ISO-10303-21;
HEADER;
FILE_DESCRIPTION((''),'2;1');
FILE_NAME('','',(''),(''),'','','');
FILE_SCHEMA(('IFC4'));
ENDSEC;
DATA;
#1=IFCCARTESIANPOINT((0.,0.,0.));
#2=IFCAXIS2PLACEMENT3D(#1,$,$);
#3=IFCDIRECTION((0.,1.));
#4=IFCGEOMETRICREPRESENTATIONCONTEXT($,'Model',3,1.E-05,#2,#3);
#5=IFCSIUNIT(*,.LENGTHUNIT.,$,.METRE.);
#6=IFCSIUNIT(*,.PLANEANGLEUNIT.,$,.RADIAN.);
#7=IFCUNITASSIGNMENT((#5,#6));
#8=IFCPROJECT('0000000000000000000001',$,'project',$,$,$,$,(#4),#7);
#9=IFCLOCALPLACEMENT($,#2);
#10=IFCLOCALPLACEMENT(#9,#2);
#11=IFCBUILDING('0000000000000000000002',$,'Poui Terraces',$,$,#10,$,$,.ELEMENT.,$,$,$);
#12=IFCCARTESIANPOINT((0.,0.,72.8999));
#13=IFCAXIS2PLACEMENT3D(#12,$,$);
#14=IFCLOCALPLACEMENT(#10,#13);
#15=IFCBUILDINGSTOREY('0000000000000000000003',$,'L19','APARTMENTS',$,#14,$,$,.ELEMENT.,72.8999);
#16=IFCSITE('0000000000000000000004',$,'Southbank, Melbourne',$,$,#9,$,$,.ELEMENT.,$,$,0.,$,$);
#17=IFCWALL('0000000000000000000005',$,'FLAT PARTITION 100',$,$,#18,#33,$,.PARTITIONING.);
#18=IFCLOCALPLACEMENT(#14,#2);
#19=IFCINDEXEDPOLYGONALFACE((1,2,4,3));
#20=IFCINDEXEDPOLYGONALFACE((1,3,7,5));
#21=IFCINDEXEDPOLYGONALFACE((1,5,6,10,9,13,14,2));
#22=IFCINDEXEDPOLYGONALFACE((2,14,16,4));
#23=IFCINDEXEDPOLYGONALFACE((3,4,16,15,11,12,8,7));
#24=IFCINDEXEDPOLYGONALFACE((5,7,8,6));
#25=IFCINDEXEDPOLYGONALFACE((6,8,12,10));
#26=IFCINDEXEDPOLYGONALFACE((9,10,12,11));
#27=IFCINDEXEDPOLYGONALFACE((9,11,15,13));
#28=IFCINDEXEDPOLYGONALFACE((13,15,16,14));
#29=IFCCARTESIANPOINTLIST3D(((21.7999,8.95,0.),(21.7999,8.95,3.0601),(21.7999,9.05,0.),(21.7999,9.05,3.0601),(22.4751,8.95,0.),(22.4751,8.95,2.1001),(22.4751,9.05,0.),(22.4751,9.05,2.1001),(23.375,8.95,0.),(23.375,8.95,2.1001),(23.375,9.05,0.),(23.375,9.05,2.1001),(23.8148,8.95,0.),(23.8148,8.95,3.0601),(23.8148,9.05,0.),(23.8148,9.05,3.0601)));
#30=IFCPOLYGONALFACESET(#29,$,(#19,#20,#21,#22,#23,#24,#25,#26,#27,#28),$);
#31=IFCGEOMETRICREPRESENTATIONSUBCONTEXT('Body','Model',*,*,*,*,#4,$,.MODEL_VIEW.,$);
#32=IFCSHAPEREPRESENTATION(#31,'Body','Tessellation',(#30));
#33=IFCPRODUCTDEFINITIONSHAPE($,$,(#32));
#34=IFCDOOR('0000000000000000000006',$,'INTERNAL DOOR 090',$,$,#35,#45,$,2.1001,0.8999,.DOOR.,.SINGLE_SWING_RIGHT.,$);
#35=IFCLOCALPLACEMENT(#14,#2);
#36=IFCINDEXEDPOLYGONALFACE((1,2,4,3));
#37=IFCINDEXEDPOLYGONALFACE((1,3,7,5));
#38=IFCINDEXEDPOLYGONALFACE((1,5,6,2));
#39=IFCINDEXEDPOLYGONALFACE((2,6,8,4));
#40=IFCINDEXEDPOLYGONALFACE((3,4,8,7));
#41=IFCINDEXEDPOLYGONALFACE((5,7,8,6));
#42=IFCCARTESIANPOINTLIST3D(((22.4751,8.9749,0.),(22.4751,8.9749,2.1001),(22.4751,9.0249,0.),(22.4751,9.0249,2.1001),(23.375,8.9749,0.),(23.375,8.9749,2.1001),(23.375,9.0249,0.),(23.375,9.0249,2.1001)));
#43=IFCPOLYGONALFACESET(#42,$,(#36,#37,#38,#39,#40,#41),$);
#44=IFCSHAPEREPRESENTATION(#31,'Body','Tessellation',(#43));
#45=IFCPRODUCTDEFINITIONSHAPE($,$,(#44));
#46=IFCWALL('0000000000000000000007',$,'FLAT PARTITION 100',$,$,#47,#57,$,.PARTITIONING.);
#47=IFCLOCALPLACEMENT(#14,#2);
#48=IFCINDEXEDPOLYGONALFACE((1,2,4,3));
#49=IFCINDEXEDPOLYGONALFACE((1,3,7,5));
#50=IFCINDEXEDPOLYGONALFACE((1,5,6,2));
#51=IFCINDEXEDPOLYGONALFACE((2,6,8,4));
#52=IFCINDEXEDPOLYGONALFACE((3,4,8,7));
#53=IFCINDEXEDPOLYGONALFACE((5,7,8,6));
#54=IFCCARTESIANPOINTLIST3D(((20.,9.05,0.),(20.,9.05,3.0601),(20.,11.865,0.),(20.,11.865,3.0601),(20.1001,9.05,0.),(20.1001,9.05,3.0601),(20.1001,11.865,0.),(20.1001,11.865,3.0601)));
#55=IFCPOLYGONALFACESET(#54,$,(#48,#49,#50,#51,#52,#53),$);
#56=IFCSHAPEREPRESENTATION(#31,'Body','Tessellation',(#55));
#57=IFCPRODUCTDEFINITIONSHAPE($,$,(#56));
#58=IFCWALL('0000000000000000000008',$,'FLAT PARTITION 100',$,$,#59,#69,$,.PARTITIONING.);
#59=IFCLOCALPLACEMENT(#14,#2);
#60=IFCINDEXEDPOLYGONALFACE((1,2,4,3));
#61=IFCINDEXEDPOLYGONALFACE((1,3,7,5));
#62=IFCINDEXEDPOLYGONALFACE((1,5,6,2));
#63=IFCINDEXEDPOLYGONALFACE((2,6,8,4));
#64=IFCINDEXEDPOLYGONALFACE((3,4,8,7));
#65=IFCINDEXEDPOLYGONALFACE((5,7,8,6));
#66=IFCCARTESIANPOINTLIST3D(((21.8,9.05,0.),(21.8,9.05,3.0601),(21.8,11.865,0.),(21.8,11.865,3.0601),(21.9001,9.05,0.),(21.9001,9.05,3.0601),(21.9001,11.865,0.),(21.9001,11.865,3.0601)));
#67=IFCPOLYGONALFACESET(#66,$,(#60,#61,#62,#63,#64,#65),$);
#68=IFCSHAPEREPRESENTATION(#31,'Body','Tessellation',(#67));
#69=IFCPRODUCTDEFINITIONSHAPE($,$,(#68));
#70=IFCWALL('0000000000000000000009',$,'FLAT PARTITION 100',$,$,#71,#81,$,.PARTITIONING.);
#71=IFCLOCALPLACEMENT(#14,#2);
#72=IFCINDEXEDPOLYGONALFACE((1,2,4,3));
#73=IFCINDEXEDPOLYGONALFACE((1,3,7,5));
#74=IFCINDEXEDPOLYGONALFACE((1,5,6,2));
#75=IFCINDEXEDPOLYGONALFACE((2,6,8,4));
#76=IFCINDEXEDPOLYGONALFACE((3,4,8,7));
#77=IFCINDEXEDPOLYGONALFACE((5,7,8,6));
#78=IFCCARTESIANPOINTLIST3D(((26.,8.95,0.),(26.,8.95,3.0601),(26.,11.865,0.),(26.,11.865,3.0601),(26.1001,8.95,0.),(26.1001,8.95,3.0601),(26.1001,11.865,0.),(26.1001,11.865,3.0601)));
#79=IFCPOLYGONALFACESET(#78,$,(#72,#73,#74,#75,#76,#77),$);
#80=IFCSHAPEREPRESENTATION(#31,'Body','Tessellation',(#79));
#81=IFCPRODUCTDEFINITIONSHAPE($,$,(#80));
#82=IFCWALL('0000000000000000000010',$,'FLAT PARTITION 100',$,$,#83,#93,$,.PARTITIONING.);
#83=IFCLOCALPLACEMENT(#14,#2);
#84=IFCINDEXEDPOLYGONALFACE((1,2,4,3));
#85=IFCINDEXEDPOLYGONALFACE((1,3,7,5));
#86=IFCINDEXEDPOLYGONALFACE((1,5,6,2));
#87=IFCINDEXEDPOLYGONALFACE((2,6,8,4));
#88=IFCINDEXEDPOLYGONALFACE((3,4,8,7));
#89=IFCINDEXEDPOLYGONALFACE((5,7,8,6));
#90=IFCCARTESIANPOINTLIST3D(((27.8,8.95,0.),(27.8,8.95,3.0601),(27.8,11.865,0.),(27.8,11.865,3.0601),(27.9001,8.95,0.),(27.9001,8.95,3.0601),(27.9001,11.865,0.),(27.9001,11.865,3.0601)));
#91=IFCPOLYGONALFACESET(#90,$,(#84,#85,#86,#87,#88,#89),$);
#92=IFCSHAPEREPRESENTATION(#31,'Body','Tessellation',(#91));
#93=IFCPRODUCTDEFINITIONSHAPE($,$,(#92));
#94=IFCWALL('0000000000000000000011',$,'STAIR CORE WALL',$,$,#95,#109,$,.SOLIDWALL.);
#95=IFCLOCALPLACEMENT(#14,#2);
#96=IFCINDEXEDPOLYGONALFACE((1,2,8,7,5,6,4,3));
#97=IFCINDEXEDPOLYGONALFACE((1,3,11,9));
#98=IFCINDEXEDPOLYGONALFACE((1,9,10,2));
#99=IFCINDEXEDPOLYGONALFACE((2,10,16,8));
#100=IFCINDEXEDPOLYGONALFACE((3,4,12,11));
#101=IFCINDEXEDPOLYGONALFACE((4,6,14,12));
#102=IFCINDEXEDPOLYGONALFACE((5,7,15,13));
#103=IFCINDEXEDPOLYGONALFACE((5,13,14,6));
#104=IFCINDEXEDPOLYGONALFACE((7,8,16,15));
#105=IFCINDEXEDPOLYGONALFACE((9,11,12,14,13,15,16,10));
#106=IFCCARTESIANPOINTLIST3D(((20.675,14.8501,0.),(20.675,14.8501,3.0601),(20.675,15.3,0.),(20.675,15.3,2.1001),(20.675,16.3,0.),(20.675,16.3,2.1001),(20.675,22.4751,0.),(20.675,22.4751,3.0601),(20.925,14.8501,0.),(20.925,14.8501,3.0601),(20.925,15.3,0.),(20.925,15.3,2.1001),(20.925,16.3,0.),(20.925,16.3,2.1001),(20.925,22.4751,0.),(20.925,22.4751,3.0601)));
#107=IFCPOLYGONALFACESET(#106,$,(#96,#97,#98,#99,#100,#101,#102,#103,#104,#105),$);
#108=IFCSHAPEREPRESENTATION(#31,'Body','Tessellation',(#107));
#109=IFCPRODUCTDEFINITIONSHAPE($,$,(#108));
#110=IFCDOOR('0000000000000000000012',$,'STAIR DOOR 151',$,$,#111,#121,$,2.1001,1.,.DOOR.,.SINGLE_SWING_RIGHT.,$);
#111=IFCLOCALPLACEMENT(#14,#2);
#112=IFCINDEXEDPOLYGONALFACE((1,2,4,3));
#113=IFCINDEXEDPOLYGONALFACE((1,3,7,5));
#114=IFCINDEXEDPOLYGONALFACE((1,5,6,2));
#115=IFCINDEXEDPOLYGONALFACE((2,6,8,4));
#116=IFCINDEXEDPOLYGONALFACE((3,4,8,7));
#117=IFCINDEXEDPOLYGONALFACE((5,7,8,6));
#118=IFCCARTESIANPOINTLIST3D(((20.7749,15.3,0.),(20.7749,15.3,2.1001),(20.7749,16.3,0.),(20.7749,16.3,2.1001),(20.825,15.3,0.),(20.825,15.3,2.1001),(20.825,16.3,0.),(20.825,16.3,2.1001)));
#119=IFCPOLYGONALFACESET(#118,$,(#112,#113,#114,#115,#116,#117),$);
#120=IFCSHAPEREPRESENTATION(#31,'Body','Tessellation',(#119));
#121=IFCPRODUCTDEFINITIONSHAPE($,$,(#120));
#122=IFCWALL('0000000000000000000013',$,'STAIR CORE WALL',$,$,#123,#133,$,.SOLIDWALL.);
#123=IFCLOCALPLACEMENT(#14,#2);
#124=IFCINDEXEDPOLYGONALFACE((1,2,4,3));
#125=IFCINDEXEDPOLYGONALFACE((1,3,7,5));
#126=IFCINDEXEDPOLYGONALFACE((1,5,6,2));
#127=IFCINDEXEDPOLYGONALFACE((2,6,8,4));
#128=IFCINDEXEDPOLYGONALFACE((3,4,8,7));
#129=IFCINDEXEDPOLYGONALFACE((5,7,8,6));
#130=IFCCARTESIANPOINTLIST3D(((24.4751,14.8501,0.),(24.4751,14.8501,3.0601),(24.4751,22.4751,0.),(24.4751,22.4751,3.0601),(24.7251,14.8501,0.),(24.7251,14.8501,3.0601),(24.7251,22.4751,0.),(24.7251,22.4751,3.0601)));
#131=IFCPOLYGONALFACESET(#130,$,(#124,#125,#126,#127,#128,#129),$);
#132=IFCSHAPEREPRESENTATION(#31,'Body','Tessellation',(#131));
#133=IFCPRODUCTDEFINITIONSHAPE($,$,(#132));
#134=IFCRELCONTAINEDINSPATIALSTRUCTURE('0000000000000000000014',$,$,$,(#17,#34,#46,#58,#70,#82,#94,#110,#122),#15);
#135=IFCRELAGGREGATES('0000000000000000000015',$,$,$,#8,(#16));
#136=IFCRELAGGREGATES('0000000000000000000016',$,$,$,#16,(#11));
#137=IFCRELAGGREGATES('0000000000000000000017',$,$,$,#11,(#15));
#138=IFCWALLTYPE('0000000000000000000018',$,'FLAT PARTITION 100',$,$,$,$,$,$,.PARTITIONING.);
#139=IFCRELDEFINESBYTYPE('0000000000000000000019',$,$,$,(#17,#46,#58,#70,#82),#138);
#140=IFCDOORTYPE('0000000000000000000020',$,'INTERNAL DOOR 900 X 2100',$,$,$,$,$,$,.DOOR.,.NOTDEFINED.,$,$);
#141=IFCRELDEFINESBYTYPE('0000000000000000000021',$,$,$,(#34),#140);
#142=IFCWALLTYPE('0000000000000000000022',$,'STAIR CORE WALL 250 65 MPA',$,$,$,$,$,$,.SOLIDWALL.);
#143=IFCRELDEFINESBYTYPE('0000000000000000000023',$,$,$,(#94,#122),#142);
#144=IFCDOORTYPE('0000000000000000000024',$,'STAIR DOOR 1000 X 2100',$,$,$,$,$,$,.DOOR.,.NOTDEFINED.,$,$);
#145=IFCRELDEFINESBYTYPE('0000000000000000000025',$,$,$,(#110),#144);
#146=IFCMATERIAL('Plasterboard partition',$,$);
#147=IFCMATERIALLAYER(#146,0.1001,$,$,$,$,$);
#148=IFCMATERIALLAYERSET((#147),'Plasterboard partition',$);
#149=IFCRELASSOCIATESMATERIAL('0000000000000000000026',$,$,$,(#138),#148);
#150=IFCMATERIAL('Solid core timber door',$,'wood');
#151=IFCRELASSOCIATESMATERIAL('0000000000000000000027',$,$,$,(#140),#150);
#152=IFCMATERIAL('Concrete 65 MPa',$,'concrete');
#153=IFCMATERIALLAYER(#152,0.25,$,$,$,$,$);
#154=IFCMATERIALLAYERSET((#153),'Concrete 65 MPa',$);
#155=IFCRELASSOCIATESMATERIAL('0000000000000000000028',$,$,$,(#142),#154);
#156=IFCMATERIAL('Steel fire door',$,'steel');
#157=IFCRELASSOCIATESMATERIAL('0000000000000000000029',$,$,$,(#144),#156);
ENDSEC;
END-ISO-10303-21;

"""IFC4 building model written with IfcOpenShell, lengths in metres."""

from ifc_helpers import new_model, si_unit, direction, frame, frame_2d, origin, place, context, subcontext, project, spatial, rectangle, extrude, material, layer, layer_set, type_object, element, fill, save


model = new_model("IFC4")

# Units and contexts
model_context = context("Model", 3, precision=1e-05, world=origin(), true_north=direction((0.0, 1.0)))
body_context = subcontext(model_context, "Body", "Model", "MODEL_VIEW")
ifc_project = project(units=[si_unit("LENGTHUNIT", "METRE"), si_unit("PLANEANGLEUNIT", "RADIAN")], contexts=[model_context])

# Site, building, storey
site_placement = place(None, origin())
site = spatial("IfcSite", under=ifc_project, at=site_placement, Name="Southbank, Melbourne", CompositionType="ELEMENT", RefElevation=0.0)
building_placement = place(site_placement, origin())
building = spatial("IfcBuilding", under=site, at=building_placement, Name="Poui Terraces", CompositionType="ELEMENT")
storey_placement = place(building_placement, frame((0.0, 0.0, 72.8999)))
storey = spatial("IfcBuildingStorey", under=building, at=storey_placement, Name="L19", Description="APARTMENTS", CompositionType="ELEMENT", Elevation=72.8999)

# Shared definitions
ifc_material_1 = material(Name="Concrete 65 MPa", Category="concrete")

# Wall, opening, door
ifc_material_2 = material(Name="Steel fire door", Category="steel")
ifc_material_3 = material(Name="Plasterboard partition")
ifc_layer_1 = layer(ifc_material_3, 0.1001)
ifc_layer_set_1 = layer_set([ifc_layer_1], Name="Plasterboard partition")
wall_type_1 = type_object("IfcWallType", Name="FLAT PARTITION 100", PredefinedType="PARTITIONING", material=ifc_layer_set_1)
ifc_material_4 = material(Name="Solid core timber door", Category="wood")
door_type_1 = type_object("IfcDoorType", Name="INTERNAL DOOR 900 X 2100", OperationType="NOTDEFINED", PredefinedType="DOOR", material=ifc_material_4)
wall_1_placement = place(storey_placement, frame((21.8, 9.0, 0.0), z_axis=(0.0, 0.0, 1.0), x_axis=(1.0, 0.0, 0.0)))
wall_1 = element("IfcWall", 1, at=wall_1_placement, inside=storey, type_object=wall_type_1, Name="FLAT PARTITION 100", PredefinedType="PARTITIONING", context=body_context, shape_type="SweptSolid", body=[
    extrude(rectangle(XDim=2.0149, YDim=0.1001, at=frame_2d((1.0073, 0.0))), origin(), (0.0, 0.0, 1.0), 3.0601),
])
opening_1_placement = place(wall_1_placement, frame((0.675, 0.0, 0.0)))
opening_1 = element("IfcOpeningElement", 2, at=opening_1_placement, cuts=wall_1, PredefinedType="OPENING", context=body_context, shape_type="SweptSolid", body=[
    extrude(rectangle(XDim=0.8999, YDim=2.1001, at=frame_2d((0.45, 1.05))), frame((0.0, 0.0601, 0.0), z_axis=(0.0, -1.0, 0.0), x_axis=(1.0, 0.0, 0.0)), (0.0, 0.0, 1.0), 0.1201),
])
door_1_placement = place(opening_1_placement, origin())
door_1 = element("IfcDoor", 3, at=door_1_placement, inside=storey, type_object=door_type_1, Name="INTERNAL DOOR 090", OperationType="SINGLE_SWING_RIGHT", OverallHeight=2.1001, OverallWidth=0.8999, PredefinedType="DOOR", context=body_context, shape_type="SweptSolid", body=[
    extrude(rectangle(XDim=0.8999, YDim=2.1001, at=frame_2d((0.45, 1.05))), frame((0.0, 0.0249, 0.0), z_axis=(0.0, -1.0, 0.0), x_axis=(1.0, 0.0, 0.0)), (0.0, 0.0, 1.0), 0.05),
])
fill(opening_1, door_1)

# Walls
for number, where, z_axis, x_axis, name in (
    (4, (20.05, 9.05, 0.0), (0.0, 0.0, 1.0), (0.0, 1.0, 0.0), "FLAT PARTITION 100"),
    (5, (21.8501, 9.05, 0.0), (0.0, 0.0, 1.0), (0.0, 1.0, 0.0), "FLAT PARTITION 100"),
):
    element("IfcWall", number, at=place(storey_placement, frame(where, z_axis=z_axis, x_axis=x_axis)), inside=storey, type_object=wall_type_1, Name=name, PredefinedType="PARTITIONING", context=body_context, shape_type="SweptSolid", body=[
        extrude(rectangle(XDim=2.8149, YDim=0.1001, at=frame_2d((1.4075, 0.0))), origin(), (0.0, 0.0, 1.0), 3.0601),
    ])
for number, where, z_axis, x_axis, name in (
    (6, (26.05, 8.95, 0.0), (0.0, 0.0, 1.0), (0.0, 1.0, 0.0), "FLAT PARTITION 100"),
    (7, (27.8501, 8.95, 0.0), (0.0, 0.0, 1.0), (0.0, 1.0, 0.0), "FLAT PARTITION 100"),
):
    element("IfcWall", number, at=place(storey_placement, frame(where, z_axis=z_axis, x_axis=x_axis)), inside=storey, type_object=wall_type_1, Name=name, PredefinedType="PARTITIONING", context=body_context, shape_type="SweptSolid", body=[
        extrude(rectangle(XDim=2.915, YDim=0.1001, at=frame_2d((1.4575, 0.0))), origin(), (0.0, 0.0, 1.0), 3.0601),
    ])

# Wall, opening, door
ifc_layer_2 = layer(ifc_material_1, 0.25)
ifc_layer_set_2 = layer_set([ifc_layer_2], Name="Concrete 65 MPa")
wall_type_2 = type_object("IfcWallType", Name="STAIR CORE WALL 250 65 MPA", PredefinedType="SOLIDWALL", material=ifc_layer_set_2)
wall_2_placement = place(storey_placement, frame((20.8, 14.8501, 0.0), z_axis=(0.0, 0.0, 1.0), x_axis=(0.0, 1.0, 0.0)))
wall_2 = element("IfcWall", 8, at=wall_2_placement, inside=storey, type_object=wall_type_2, Name="STAIR CORE WALL", PredefinedType="SOLIDWALL", context=body_context, shape_type="SweptSolid", body=[
    extrude(rectangle(XDim=7.625, YDim=0.25, at=frame_2d((3.8125, 0.0))), origin(), (0.0, 0.0, 1.0), 3.0601),
])
opening_2_placement = place(wall_2_placement, frame((0.45, 0.0, 0.0)))
opening_2 = element("IfcOpeningElement", 9, at=opening_2_placement, cuts=wall_2, PredefinedType="OPENING", context=body_context, shape_type="SweptSolid", body=[
    extrude(rectangle(XDim=1.0, YDim=2.1001, at=frame_2d((0.5, 1.05))), frame((0.0, 0.135, 0.0), z_axis=(0.0, -1.0, 0.0), x_axis=(1.0, 0.0, 0.0)), (0.0, 0.0, 1.0), 0.27),
])
door_type_2 = type_object("IfcDoorType", Name="STAIR DOOR 1000 X 2100", OperationType="NOTDEFINED", PredefinedType="DOOR", material=ifc_material_2)
door_2_placement = place(opening_2_placement, frame((1.0, 0.0, 0.0), z_axis=(0.0, 0.0, 1.0), x_axis=(-1.0, 0.0, 0.0)))
door_2 = element("IfcDoor", 10, at=door_2_placement, inside=storey, type_object=door_type_2, Name="STAIR DOOR 151", OperationType="SINGLE_SWING_RIGHT", OverallHeight=2.1001, OverallWidth=1.0, PredefinedType="DOOR", context=body_context, shape_type="SweptSolid", body=[
    extrude(rectangle(XDim=1.0, YDim=2.1001, at=frame_2d((0.5, 1.05))), frame((0.0, 0.0249, 0.0), z_axis=(0.0, -1.0, 0.0), x_axis=(1.0, 0.0, 0.0)), (0.0, 0.0, 1.0), 0.05),
])
fill(opening_2, door_2)

# Wall
wall_3_placement = place(storey_placement, frame((24.6001, 14.8501, 0.0), z_axis=(0.0, 0.0, 1.0), x_axis=(0.0, 1.0, 0.0)))
element("IfcWall", 11, at=wall_3_placement, inside=storey, type_object=wall_type_2, Name="STAIR CORE WALL", PredefinedType="SOLIDWALL", context=body_context, shape_type="SweptSolid", body=[
    extrude(rectangle(XDim=7.625, YDim=0.25, at=frame_2d((3.8125, 0.0))), origin(), (0.0, 0.0, 1.0), 3.0601),
])

save(model, "model.ifc")
